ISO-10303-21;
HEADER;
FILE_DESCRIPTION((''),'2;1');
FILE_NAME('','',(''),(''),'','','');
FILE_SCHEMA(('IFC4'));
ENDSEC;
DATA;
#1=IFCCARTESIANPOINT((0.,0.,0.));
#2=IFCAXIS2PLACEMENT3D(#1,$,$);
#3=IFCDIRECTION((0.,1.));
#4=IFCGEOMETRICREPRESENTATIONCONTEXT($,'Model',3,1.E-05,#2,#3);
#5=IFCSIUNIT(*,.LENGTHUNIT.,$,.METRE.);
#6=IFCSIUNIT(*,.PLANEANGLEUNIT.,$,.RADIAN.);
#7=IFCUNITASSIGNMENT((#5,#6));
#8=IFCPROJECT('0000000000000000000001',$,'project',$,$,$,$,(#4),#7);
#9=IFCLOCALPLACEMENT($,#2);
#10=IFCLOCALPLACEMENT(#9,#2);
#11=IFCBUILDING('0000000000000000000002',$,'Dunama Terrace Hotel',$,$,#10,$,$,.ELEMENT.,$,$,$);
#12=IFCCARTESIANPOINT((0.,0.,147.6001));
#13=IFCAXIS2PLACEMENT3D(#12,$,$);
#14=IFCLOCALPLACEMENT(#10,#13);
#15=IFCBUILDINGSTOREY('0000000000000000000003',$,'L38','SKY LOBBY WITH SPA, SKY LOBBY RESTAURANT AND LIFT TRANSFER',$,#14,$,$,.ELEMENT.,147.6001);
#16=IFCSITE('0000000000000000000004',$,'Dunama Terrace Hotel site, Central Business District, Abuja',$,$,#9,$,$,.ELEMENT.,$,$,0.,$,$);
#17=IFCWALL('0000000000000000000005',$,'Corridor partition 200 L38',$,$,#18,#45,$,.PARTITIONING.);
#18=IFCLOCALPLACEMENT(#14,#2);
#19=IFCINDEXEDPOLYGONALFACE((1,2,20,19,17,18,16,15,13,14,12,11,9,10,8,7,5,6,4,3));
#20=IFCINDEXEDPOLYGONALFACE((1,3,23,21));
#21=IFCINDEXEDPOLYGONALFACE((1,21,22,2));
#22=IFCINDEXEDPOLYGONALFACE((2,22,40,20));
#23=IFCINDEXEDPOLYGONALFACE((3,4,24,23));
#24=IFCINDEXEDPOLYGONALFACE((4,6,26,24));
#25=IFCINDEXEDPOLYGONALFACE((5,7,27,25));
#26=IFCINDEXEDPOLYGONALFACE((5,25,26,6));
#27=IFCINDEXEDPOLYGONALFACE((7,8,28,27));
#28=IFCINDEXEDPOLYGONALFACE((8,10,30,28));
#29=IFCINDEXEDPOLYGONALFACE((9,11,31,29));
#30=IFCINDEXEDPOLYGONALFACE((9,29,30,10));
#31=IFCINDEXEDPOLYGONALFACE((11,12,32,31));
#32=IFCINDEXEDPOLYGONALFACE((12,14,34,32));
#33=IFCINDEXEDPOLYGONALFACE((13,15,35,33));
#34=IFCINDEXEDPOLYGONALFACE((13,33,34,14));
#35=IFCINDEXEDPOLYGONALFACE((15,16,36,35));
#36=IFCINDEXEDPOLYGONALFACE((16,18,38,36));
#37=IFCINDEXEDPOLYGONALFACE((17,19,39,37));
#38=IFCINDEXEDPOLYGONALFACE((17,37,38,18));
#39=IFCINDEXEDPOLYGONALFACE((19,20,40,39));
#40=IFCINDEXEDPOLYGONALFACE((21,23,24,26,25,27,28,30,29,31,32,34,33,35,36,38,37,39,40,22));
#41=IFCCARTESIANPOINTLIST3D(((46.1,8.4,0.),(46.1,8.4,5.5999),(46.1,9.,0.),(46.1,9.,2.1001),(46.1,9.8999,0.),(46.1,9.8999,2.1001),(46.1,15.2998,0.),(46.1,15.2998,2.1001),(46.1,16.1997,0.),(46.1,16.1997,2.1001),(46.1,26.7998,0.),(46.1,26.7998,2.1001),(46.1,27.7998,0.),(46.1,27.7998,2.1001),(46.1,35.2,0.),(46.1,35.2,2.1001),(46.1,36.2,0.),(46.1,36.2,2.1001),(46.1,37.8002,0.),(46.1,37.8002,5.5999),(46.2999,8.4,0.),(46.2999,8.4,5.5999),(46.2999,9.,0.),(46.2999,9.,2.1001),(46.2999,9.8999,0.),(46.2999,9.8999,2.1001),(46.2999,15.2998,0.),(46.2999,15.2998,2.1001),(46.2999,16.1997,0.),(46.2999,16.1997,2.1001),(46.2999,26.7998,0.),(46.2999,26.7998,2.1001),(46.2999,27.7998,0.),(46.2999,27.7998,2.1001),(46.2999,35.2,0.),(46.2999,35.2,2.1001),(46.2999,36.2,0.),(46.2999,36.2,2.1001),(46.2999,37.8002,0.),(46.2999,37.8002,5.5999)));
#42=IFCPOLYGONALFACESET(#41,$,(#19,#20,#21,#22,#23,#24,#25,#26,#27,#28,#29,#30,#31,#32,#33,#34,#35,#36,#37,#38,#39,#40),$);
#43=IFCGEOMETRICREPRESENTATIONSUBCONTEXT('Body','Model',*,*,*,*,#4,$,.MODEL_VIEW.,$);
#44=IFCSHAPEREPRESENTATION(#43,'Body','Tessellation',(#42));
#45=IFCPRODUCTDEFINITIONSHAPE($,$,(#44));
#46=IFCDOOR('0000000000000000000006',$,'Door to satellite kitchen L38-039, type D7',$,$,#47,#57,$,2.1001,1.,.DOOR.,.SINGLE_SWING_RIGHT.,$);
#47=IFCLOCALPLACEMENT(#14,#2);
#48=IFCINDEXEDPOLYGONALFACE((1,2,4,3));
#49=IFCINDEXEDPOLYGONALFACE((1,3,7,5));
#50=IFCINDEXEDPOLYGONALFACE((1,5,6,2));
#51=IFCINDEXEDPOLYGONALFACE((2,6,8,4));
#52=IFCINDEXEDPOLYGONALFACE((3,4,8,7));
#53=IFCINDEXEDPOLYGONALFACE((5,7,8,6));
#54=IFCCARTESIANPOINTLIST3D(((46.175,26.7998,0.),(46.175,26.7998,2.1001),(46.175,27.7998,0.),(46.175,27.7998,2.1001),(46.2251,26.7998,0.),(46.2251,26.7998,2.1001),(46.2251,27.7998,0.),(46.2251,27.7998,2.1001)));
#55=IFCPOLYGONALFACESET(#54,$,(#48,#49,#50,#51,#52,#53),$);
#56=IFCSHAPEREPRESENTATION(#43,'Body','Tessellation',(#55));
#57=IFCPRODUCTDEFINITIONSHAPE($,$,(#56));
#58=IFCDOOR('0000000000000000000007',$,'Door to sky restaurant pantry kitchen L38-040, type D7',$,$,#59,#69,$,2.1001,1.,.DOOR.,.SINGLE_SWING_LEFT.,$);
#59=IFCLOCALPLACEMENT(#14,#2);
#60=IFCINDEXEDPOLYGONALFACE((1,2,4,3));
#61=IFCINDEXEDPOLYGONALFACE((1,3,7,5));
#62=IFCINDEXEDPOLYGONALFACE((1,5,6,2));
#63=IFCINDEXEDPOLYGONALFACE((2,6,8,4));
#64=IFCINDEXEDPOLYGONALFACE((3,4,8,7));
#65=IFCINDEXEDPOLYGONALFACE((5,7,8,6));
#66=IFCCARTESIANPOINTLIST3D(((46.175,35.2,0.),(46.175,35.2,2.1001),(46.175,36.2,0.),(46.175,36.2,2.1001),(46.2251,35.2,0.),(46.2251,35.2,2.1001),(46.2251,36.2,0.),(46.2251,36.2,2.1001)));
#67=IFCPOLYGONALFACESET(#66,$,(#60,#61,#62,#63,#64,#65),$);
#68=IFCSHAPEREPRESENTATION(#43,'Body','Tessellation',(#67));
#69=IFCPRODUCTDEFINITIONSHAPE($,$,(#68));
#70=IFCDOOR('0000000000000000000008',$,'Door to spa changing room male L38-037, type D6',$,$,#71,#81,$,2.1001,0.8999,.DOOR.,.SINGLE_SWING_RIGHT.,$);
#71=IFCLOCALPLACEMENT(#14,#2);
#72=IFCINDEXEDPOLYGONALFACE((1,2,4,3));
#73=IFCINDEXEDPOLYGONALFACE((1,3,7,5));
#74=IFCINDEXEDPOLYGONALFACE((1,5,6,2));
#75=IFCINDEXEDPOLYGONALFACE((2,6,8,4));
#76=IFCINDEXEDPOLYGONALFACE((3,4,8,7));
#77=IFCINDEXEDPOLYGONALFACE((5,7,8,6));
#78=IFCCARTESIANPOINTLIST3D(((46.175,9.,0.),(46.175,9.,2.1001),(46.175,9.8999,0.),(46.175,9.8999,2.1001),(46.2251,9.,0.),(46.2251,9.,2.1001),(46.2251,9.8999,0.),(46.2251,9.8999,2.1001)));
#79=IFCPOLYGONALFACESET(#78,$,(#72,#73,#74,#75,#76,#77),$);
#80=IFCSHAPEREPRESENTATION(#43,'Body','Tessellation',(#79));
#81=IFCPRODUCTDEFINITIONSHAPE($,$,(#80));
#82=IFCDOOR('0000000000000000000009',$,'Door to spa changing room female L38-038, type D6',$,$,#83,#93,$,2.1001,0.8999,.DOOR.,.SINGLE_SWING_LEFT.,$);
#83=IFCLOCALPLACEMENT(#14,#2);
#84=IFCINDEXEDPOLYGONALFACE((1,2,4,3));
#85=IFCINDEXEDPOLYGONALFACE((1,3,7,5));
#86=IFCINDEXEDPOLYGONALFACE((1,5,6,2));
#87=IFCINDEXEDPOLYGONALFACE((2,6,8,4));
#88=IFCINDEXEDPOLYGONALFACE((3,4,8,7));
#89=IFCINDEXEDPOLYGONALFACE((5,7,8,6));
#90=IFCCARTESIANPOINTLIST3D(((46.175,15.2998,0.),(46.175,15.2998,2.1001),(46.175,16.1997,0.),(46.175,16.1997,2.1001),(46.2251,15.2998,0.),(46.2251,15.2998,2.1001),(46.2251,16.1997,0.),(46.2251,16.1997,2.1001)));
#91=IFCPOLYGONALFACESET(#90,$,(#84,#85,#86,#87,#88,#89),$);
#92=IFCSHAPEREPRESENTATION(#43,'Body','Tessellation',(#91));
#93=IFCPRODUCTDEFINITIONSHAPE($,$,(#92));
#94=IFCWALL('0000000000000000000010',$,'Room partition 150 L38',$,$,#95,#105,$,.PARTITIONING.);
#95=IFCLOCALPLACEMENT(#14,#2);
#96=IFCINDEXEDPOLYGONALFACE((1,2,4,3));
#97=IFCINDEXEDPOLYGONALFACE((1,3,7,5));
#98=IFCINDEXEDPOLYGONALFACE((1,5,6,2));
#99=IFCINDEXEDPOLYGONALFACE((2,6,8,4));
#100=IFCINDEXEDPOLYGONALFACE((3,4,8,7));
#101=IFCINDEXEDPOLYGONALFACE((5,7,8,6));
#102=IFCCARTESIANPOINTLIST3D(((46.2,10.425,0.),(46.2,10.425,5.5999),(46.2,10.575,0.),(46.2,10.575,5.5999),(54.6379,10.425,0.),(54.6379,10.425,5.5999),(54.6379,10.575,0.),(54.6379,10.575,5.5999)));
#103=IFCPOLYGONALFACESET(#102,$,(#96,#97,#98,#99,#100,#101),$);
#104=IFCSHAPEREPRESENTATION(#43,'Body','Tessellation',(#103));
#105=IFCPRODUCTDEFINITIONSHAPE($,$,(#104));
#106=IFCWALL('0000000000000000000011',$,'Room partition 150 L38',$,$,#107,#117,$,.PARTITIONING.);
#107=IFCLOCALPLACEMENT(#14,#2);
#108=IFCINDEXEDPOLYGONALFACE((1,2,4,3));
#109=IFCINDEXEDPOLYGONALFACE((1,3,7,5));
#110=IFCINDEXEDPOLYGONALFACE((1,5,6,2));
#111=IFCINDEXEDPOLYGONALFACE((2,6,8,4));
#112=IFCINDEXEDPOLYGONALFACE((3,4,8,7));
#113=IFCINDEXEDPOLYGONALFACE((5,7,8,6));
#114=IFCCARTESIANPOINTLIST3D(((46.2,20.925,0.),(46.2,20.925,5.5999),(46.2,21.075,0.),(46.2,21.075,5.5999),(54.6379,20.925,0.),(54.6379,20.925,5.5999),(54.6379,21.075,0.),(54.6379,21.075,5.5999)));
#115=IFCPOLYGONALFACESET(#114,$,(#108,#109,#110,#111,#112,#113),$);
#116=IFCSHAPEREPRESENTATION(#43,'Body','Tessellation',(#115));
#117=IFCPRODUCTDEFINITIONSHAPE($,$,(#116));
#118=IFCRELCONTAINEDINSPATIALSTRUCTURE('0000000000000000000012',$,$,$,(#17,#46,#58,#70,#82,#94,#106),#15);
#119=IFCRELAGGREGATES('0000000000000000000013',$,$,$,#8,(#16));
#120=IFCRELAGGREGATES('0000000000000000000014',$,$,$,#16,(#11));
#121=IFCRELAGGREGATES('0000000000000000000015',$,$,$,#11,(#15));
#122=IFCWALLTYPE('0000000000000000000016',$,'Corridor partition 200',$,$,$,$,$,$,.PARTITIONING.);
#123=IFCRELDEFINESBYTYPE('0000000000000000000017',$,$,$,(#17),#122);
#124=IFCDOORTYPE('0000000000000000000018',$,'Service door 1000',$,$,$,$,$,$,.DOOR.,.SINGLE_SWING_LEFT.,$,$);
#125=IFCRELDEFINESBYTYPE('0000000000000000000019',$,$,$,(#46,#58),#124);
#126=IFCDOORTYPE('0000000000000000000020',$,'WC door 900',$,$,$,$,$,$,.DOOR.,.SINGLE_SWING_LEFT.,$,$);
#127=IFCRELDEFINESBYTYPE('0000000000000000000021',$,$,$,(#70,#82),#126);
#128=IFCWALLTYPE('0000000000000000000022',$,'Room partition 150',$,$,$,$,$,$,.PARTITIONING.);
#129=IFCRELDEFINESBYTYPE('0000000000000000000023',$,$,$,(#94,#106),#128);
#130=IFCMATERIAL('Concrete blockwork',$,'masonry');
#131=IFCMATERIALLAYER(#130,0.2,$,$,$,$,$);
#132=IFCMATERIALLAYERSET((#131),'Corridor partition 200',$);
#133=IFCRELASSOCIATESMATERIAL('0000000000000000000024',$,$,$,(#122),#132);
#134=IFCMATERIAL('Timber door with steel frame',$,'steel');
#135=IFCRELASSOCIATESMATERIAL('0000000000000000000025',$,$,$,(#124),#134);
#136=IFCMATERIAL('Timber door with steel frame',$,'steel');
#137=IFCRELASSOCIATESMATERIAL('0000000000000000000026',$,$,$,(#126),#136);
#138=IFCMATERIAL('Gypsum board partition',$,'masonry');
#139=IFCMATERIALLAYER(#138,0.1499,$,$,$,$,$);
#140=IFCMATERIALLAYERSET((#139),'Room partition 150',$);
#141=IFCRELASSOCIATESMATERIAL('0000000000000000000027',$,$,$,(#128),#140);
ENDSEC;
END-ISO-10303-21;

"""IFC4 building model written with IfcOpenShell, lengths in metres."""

from ifc_helpers import new_model, si_unit, direction, frame, frame_2d, origin, place, context, subcontext, project, spatial, rectangle, extrude, material, layer, layer_set, type_object, element, fill, save


model = new_model("IFC4")

# Units and contexts
model_context = context("Model", 3, precision=1e-05, world=origin(), true_north=direction((0.0, 1.0)))
body_context = subcontext(model_context, "Body", "Model", "MODEL_VIEW")
ifc_project = project(units=[si_unit("LENGTHUNIT", "METRE"), si_unit("PLANEANGLEUNIT", "RADIAN")], contexts=[model_context])

# Site, building, storey
site_placement = place(None, origin())
site = spatial("IfcSite", under=ifc_project, at=site_placement, Name="Dunama Terrace Hotel site, Central Business District, Abuja", CompositionType="ELEMENT", RefElevation=0.0)
building_placement = place(site_placement, origin())
building = spatial("IfcBuilding", under=site, at=building_placement, Name="Dunama Terrace Hotel", CompositionType="ELEMENT")
storey_placement = place(building_placement, frame((0.0, 0.0, 147.6001)))
storey = spatial("IfcBuildingStorey", under=building, at=storey_placement, Name="L38", Description="SKY LOBBY WITH SPA, SKY LOBBY RESTAURANT AND LIFT TRANSFER", CompositionType="ELEMENT", Elevation=147.6001)

# Wall, openings, doors
ifc_material_1 = material(Name="Concrete blockwork", Category="masonry")
ifc_layer_1 = layer(ifc_material_1, 0.2)
ifc_layer_set_1 = layer_set([ifc_layer_1], Name="Corridor partition 200")
wall_type_1 = type_object("IfcWallType", Name="Corridor partition 200", PredefinedType="PARTITIONING", material=ifc_layer_set_1)
wall_1_placement = place(storey_placement, frame((46.2, 8.3999, 0.0), z_axis=(0.0, 0.0, 1.0), x_axis=(0.0, 1.0, 0.0)))
wall_1 = element("IfcWall", 1, at=wall_1_placement, inside=storey, type_object=wall_type_1, Name="Corridor partition 200 L38", PredefinedType="PARTITIONING", context=body_context, shape_type="SweptSolid", body=[
    extrude(rectangle(XDim=29.4001, YDim=0.2, at=frame_2d((14.7002, 0.0))), origin(), (0.0, 0.0, 1.0), 5.5999),
])
opening_1_placement = place(wall_1_placement, frame((0.6001, 0.0, 0.0)))
opening_1 = element("IfcOpeningElement", 2, at=opening_1_placement, cuts=wall_1, PredefinedType="OPENING", context=body_context, shape_type="SweptSolid", body=[
    extrude(rectangle(XDim=0.8999, YDim=2.1001, at=frame_2d((0.45, 1.05))), frame((0.0, 0.1099, 0.0), z_axis=(0.0, -1.0, 0.0), x_axis=(1.0, 0.0, 0.0)), (0.0, 0.0, 1.0), 0.22),
])
opening_2_placement = place(wall_1_placement, frame((6.8999, 0.0, 0.0)))
opening_2 = element("IfcOpeningElement", 3, at=opening_2_placement, cuts=wall_1, PredefinedType="OPENING", context=body_context, shape_type="SweptSolid", body=[
    extrude(rectangle(XDim=0.8999, YDim=2.1001, at=frame_2d((0.45, 1.05))), frame((0.0, 0.1099, 0.0), z_axis=(0.0, -1.0, 0.0), x_axis=(1.0, 0.0, 0.0)), (0.0, 0.0, 1.0), 0.22),
])
opening_3_placement = place(wall_1_placement, frame((18.3999, 0.0, 0.0)))
opening_3 = element("IfcOpeningElement", 4, at=opening_3_placement, cuts=wall_1, PredefinedType="OPENING", context=body_context, shape_type="SweptSolid", body=[
    extrude(rectangle(XDim=1.0, YDim=2.1001, at=frame_2d((0.5, 1.05))), frame((0.0, 0.1099, 0.0), z_axis=(0.0, -1.0, 0.0), x_axis=(1.0, 0.0, 0.0)), (0.0, 0.0, 1.0), 0.22),
])
opening_4_placement = place(wall_1_placement, frame((26.8, 0.0, 0.0)))
opening_4 = element("IfcOpeningElement", 5, at=opening_4_placement, cuts=wall_1, PredefinedType="OPENING", context=body_context, shape_type="SweptSolid", body=[
    extrude(rectangle(XDim=1.0, YDim=2.1001, at=frame_2d((0.5, 1.05))), frame((0.0, 0.1099, 0.0), z_axis=(0.0, -1.0, 0.0), x_axis=(1.0, 0.0, 0.0)), (0.0, 0.0, 1.0), 0.22),
])
ifc_material_2 = material(Name="Timber door with steel frame", Category="steel")
door_type_1 = type_object("IfcDoorType", Name="Service door 1000", OperationType="SINGLE_SWING_LEFT", PredefinedType="DOOR", material=ifc_material_2)
door_1_placement = place(opening_3_placement, frame((1.0, 0.0, 0.0), z_axis=(0.0, 0.0, 1.0), x_axis=(-1.0, 0.0, 0.0)))
door_1 = element("IfcDoor", 6, at=door_1_placement, inside=storey, type_object=door_type_1, Name="Door to satellite kitchen L38-039, type D7", OperationType="SINGLE_SWING_RIGHT", OverallHeight=2.1001, OverallWidth=1.0, PredefinedType="DOOR", context=body_context, shape_type="SweptSolid", body=[
    extrude(rectangle(XDim=1.0, YDim=2.1001, at=frame_2d((0.5, 1.05))), frame((0.0, 0.0251, 0.0), z_axis=(0.0, -1.0, 0.0), x_axis=(1.0, 0.0, 0.0)), (0.0, 0.0, 1.0), 0.05),
])
fill(opening_3, door_1)
door_2_placement = place(opening_4_placement, frame((1.0, 0.0, 0.0), z_axis=(0.0, 0.0, 1.0), x_axis=(-1.0, 0.0, 0.0)))
door_2 = element("IfcDoor", 7, at=door_2_placement, inside=storey, type_object=door_type_1, Name="Door to sky restaurant pantry kitchen L38-040, type D7", OperationType="SINGLE_SWING_LEFT", OverallHeight=2.1001, OverallWidth=1.0, PredefinedType="DOOR", context=body_context, shape_type="SweptSolid", body=[
    extrude(rectangle(XDim=1.0, YDim=2.1001, at=frame_2d((0.5, 1.05))), frame((0.0, 0.0251, 0.0), z_axis=(0.0, -1.0, 0.0), x_axis=(1.0, 0.0, 0.0)), (0.0, 0.0, 1.0), 0.05),
])
fill(opening_4, door_2)
ifc_material_3 = material(Name="Timber door with steel frame", Category="steel")
door_type_2 = type_object("IfcDoorType", Name="WC door 900", OperationType="SINGLE_SWING_LEFT", PredefinedType="DOOR", material=ifc_material_3)
door_3_placement = place(opening_1_placement, frame((0.8999, 0.0, 0.0), z_axis=(0.0, 0.0, 1.0), x_axis=(-1.0, 0.0, 0.0)))
door_3 = element("IfcDoor", 8, at=door_3_placement, inside=storey, type_object=door_type_2, Name="Door to spa changing room male L38-037, type D6", OperationType="SINGLE_SWING_RIGHT", OverallHeight=2.1001, OverallWidth=0.8999, PredefinedType="DOOR", context=body_context, shape_type="SweptSolid", body=[
    extrude(rectangle(XDim=0.8999, YDim=2.1001, at=frame_2d((0.45, 1.05))), frame((0.0, 0.0251, 0.0), z_axis=(0.0, -1.0, 0.0), x_axis=(1.0, 0.0, 0.0)), (0.0, 0.0, 1.0), 0.05),
])
fill(opening_1, door_3)
door_4_placement = place(opening_2_placement, frame((0.8999, 0.0, 0.0), z_axis=(0.0, 0.0, 1.0), x_axis=(-1.0, 0.0, 0.0)))
door_4 = element("IfcDoor", 9, at=door_4_placement, inside=storey, type_object=door_type_2, Name="Door to spa changing room female L38-038, type D6", OperationType="SINGLE_SWING_LEFT", OverallHeight=2.1001, OverallWidth=0.8999, PredefinedType="DOOR", context=body_context, shape_type="SweptSolid", body=[
    extrude(rectangle(XDim=0.8999, YDim=2.1001, at=frame_2d((0.45, 1.05))), frame((0.0, 0.0251, 0.0), z_axis=(0.0, -1.0, 0.0), x_axis=(1.0, 0.0, 0.0)), (0.0, 0.0, 1.0), 0.05),
])
fill(opening_2, door_4)

# Walls
ifc_material_4 = material(Name="Gypsum board partition", Category="masonry")
ifc_layer_2 = layer(ifc_material_4, 0.1499)
ifc_layer_set_2 = layer_set([ifc_layer_2], Name="Room partition 150")
wall_type_2 = type_object("IfcWallType", Name="Room partition 150", PredefinedType="PARTITIONING", material=ifc_layer_set_2)
for number, where, z_axis, x_axis, name in (
    (10, (46.2, 10.5, 0.0), (0.0, 0.0, 1.0), (1.0, 0.0, 0.0), "Room partition 150 L38"),
    (11, (46.2, 21.0, 0.0), (0.0, 0.0, 1.0), (1.0, 0.0, 0.0), "Room partition 150 L38"),
):
    element("IfcWall", number, at=place(storey_placement, frame(where, z_axis=z_axis, x_axis=x_axis)), inside=storey, type_object=wall_type_2, Name=name, PredefinedType="PARTITIONING", context=body_context, shape_type="SweptSolid", body=[
        extrude(rectangle(XDim=8.438, YDim=0.1499, at=frame_2d((4.219, 0.0))), origin(), (0.0, 0.0, 1.0), 5.5999),
    ])

save(model, "model.ifc")
